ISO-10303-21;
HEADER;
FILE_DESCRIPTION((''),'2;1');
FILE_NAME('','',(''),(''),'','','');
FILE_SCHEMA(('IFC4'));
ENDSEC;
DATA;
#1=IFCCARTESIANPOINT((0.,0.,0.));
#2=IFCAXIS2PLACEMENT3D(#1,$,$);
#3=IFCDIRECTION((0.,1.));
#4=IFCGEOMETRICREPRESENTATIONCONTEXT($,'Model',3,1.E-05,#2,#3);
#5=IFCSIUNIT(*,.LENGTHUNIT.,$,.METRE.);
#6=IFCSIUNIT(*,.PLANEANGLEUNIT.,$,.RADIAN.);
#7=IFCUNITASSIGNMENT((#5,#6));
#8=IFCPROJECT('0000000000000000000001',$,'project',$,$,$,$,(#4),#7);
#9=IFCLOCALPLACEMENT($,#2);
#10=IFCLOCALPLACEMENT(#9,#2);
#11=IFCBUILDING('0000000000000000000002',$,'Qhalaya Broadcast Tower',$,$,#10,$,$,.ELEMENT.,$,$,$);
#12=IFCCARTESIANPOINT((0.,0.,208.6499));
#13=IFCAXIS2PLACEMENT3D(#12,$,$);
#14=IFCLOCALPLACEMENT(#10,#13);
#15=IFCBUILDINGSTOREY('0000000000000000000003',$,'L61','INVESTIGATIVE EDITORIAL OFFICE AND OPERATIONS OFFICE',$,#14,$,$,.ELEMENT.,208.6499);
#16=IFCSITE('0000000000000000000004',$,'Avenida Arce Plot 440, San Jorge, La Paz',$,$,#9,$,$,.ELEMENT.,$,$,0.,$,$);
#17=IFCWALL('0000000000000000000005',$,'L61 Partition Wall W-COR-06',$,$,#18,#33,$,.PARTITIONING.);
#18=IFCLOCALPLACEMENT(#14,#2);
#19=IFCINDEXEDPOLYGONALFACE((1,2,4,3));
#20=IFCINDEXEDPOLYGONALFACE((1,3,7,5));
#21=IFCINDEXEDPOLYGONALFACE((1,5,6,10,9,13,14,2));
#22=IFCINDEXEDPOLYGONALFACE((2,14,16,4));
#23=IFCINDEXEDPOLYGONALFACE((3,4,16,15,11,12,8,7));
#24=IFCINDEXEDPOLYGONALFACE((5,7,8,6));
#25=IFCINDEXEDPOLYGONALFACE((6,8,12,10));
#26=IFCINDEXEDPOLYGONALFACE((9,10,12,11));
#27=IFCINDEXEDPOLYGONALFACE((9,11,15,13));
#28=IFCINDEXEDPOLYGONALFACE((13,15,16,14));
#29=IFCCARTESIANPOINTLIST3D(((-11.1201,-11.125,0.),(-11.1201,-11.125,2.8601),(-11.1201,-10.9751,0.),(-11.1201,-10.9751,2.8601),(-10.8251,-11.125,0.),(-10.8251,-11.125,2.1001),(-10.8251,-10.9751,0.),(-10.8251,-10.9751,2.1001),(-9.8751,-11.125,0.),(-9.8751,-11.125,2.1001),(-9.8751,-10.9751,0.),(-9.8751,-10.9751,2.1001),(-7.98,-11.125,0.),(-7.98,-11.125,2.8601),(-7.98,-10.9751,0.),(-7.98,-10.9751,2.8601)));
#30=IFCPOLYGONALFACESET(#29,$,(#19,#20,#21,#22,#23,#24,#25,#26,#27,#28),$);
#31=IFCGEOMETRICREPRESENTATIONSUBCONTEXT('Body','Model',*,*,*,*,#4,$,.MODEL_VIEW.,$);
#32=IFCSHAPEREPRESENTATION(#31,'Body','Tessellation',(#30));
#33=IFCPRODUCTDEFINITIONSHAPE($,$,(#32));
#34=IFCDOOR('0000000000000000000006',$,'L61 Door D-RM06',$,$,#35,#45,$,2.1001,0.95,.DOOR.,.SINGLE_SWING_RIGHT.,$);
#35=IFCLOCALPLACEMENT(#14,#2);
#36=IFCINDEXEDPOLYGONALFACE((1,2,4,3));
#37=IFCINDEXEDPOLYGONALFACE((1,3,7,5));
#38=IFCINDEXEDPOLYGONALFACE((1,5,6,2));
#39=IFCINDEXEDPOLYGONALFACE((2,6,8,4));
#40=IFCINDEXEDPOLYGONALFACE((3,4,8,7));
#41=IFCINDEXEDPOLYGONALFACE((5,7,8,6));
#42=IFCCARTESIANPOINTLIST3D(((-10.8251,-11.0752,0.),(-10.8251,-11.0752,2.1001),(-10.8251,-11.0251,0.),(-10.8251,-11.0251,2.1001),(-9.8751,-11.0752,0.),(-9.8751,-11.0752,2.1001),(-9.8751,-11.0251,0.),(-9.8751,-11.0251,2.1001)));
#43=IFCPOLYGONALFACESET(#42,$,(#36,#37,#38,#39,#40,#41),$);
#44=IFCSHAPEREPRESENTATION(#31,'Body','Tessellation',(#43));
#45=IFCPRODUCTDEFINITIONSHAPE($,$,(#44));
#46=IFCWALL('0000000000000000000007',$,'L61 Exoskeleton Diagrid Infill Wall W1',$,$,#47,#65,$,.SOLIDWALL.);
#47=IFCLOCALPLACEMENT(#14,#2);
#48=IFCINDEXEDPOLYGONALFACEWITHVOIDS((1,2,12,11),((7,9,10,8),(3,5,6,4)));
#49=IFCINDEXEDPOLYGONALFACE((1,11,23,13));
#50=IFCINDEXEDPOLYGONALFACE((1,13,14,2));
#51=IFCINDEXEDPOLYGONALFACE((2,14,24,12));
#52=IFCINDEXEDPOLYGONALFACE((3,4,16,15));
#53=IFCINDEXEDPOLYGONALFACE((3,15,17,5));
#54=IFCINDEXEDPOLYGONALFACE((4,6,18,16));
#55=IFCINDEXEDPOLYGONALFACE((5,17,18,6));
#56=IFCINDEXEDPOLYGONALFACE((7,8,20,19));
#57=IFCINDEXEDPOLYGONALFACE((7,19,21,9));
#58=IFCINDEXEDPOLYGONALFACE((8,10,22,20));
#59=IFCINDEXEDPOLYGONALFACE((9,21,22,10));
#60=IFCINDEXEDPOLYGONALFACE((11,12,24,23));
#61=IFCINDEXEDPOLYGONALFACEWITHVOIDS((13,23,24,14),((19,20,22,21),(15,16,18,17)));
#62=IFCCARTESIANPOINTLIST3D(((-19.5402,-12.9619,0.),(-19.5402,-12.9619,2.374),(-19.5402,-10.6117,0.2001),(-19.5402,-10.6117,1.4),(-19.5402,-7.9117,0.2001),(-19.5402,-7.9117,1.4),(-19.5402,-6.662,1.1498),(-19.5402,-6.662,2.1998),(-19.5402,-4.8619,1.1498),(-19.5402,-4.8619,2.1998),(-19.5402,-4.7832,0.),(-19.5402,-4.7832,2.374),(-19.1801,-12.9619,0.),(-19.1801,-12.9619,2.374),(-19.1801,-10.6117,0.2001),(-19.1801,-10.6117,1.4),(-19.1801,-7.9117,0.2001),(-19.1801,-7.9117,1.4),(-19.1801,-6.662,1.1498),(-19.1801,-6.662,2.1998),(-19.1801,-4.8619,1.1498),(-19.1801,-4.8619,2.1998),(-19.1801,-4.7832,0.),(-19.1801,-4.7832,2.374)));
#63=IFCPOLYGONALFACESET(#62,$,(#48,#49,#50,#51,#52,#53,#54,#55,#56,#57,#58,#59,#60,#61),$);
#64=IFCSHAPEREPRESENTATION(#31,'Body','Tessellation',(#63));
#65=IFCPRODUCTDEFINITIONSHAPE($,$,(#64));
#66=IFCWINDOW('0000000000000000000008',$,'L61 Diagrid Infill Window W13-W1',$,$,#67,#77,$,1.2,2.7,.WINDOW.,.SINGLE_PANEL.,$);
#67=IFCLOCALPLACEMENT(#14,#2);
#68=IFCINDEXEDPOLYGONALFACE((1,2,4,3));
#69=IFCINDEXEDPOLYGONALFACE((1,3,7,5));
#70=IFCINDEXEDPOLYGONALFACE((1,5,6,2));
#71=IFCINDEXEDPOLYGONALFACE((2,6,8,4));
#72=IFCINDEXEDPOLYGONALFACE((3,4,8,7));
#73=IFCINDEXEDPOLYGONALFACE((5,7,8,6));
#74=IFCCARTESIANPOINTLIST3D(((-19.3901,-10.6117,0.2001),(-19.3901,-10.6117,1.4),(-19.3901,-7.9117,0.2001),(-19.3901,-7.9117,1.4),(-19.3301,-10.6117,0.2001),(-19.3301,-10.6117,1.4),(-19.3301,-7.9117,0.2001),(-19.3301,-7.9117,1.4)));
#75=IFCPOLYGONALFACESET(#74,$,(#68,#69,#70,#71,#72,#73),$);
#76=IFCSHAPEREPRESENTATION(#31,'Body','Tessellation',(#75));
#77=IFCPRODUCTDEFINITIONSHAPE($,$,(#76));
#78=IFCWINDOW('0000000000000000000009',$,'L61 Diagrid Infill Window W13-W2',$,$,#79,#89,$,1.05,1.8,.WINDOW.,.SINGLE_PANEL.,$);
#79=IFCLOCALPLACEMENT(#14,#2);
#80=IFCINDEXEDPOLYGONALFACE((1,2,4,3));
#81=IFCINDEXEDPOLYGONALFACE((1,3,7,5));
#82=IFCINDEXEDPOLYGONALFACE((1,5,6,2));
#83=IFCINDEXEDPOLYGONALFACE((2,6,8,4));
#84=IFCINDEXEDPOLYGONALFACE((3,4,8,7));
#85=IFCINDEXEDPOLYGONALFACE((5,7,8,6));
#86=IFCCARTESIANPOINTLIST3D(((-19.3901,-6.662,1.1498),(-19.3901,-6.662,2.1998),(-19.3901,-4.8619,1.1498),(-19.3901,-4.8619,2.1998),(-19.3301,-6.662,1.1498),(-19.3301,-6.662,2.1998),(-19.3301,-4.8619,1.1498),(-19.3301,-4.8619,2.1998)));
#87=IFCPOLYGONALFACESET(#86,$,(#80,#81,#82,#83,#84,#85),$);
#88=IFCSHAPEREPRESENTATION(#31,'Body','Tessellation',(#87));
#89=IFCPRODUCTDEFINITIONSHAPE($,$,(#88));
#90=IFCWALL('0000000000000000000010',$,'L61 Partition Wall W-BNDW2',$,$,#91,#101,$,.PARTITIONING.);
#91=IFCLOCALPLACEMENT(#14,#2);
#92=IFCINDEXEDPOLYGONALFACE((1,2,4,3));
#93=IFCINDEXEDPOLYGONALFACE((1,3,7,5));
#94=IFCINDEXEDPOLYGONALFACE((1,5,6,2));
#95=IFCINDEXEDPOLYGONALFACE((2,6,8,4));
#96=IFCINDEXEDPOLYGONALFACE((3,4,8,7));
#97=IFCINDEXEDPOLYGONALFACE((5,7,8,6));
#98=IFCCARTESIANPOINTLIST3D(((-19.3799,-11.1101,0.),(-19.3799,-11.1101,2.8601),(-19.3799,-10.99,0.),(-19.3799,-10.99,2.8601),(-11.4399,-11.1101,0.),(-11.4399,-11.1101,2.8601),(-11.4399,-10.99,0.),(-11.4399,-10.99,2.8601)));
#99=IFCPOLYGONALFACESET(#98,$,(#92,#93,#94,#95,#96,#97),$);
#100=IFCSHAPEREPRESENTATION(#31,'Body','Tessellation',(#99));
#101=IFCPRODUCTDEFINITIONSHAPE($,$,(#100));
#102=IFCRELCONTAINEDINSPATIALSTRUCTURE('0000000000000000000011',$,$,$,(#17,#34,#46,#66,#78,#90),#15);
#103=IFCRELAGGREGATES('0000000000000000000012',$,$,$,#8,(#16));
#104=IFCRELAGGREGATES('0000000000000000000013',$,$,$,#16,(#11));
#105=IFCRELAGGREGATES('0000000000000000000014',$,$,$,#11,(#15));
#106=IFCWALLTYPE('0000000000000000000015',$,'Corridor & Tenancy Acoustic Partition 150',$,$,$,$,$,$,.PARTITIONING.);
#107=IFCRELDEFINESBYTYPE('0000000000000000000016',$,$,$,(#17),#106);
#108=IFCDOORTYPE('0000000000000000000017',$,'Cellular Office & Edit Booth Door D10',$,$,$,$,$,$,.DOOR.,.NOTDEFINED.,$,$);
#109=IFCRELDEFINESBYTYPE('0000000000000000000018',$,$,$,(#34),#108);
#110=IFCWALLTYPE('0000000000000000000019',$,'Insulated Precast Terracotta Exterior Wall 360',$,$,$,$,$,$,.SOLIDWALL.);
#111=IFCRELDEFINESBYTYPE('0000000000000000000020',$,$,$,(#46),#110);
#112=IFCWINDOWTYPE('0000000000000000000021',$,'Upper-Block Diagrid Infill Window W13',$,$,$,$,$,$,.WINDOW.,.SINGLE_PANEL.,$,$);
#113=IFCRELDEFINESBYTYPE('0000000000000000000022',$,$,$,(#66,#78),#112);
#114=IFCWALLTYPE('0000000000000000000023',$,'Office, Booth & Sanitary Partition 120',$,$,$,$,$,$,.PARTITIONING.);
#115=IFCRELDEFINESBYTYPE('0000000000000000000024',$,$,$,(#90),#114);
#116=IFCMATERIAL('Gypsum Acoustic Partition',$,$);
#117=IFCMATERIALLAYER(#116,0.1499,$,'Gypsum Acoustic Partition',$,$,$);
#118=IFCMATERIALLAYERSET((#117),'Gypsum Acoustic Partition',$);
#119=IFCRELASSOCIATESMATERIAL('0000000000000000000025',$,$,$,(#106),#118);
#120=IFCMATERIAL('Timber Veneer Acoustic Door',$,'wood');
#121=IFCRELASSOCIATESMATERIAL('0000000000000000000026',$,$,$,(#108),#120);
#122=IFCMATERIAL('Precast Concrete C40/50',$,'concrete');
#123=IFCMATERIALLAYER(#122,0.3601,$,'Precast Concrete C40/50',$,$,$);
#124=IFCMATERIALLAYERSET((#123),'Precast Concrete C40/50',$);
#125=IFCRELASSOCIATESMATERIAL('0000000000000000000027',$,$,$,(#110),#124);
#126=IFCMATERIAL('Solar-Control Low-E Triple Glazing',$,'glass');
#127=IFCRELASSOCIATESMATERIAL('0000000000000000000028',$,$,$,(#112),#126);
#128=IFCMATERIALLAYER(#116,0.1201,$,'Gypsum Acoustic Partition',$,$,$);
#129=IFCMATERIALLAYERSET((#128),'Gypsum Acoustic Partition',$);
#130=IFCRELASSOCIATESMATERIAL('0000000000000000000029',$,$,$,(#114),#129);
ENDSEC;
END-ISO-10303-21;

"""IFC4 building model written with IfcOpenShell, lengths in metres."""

from ifc_helpers import new_model, si_unit, direction, frame, frame_2d, origin, place, context, subcontext, project, spatial, rectangle, extrude, material, layer, layer_set, type_object, element, fill, save


model = new_model("IFC4")

# Units and contexts
model_context = context("Model", 3, precision=1e-05, world=origin(), true_north=direction((0.0, 1.0)))
body_context = subcontext(model_context, "Body", "Model", "MODEL_VIEW")
ifc_project = project(units=[si_unit("LENGTHUNIT", "METRE"), si_unit("PLANEANGLEUNIT", "RADIAN")], contexts=[model_context])

# Site, building, storey
site_placement = place(None, origin())
site = spatial("IfcSite", under=ifc_project, at=site_placement, Name="Avenida Arce Plot 440, San Jorge, La Paz", CompositionType="ELEMENT", RefElevation=0.0)
building_placement = place(site_placement, origin())
building = spatial("IfcBuilding", under=site, at=building_placement, Name="Qhalaya Broadcast Tower", CompositionType="ELEMENT")
storey_placement = place(building_placement, frame((0.0, 0.0, 208.6499)))
storey = spatial("IfcBuildingStorey", under=building, at=storey_placement, Name="L61", Description="INVESTIGATIVE EDITORIAL OFFICE AND OPERATIONS OFFICE", CompositionType="ELEMENT", Elevation=208.6499)

# Wall, opening, door
ifc_material_1 = material(Name="Gypsum Acoustic Partition")
ifc_layer_1 = layer(ifc_material_1, 0.1499, Name="Gypsum Acoustic Partition")
ifc_layer_set_1 = layer_set([ifc_layer_1], Name="Gypsum Acoustic Partition")
wall_type_1 = type_object("IfcWallType", Name="Corridor & Tenancy Acoustic Partition 150", PredefinedType="PARTITIONING", material=ifc_layer_set_1)
wall_1_placement = place(storey_placement, frame((-11.1201, -11.05, 0.0), z_axis=(0.0, 0.0, 1.0), x_axis=(1.0, 0.0, 0.0)))
wall_1 = element("IfcWall", 1, at=wall_1_placement, inside=storey, type_object=wall_type_1, Name="L61 Partition Wall W-COR-06", PredefinedType="PARTITIONING", context=body_context, shape_type="SweptSolid", body=[
    extrude(rectangle(XDim=3.1401, YDim=0.1499, at=frame_2d((1.5701, 0.0))), origin(), (0.0, 0.0, 1.0), 2.8601),
])
opening_1_placement = place(wall_1_placement, frame((0.2949, 0.0, 0.0)))
opening_1 = element("IfcOpeningElement", 2, at=opening_1_placement, cuts=wall_1, PredefinedType="OPENING", context=body_context, shape_type="SweptSolid", body=[
    extrude(rectangle(XDim=0.95, YDim=2.1001, at=frame_2d((0.4751, 1.05))), frame((0.0, 0.0869, 0.0), z_axis=(0.0, -1.0, 0.0), x_axis=(1.0, 0.0, 0.0)), (0.0, 0.0, 1.0), 0.1738),
])
ifc_material_2 = material(Name="Timber Veneer Acoustic Door", Category="wood")
door_type = type_object("IfcDoorType", Name="Cellular Office & Edit Booth Door D10", OperationType="NOTDEFINED", PredefinedType="DOOR", material=ifc_material_2)
door_placement = place(opening_1_placement, origin())
door = element("IfcDoor", 3, at=door_placement, inside=storey, type_object=door_type, Name="L61 Door D-RM06", OperationType="SINGLE_SWING_RIGHT", OverallHeight=2.1001, OverallWidth=0.95, PredefinedType="DOOR", context=body_context, shape_type="SweptSolid", body=[
    extrude(rectangle(XDim=0.95, YDim=2.1001, at=frame_2d((0.4751, 1.05))), frame((0.0, 0.0249, 0.0), z_axis=(0.0, -1.0, 0.0), x_axis=(1.0, 0.0, 0.0)), (0.0, 0.0, 1.0), 0.05),
])
fill(opening_1, door)

# Wall, openings, windows
ifc_material_3 = material(Name="Precast Concrete C40/50", Category="concrete")
ifc_layer_2 = layer(ifc_material_3, 0.3601, Name="Precast Concrete C40/50")
ifc_layer_set_2 = layer_set([ifc_layer_2], Name="Precast Concrete C40/50")
wall_type_2 = type_object("IfcWallType", Name="Insulated Precast Terracotta Exterior Wall 360", PredefinedType="SOLIDWALL", material=ifc_layer_set_2)
wall_2_placement = place(storey_placement, frame((-19.3601, -12.9619, 0.0), z_axis=(0.0, 0.0, 1.0), x_axis=(0.0, 1.0, 0.0)))
wall_2 = element("IfcWall", 4, at=wall_2_placement, inside=storey, type_object=wall_type_2, Name="L61 Exoskeleton Diagrid Infill Wall W1", PredefinedType="SOLIDWALL", context=body_context, shape_type="SweptSolid", body=[
    extrude(rectangle(XDim=8.1787, YDim=0.3601, at=frame_2d((4.0894, 0.0))), origin(), (0.0, 0.0, 1.0), 2.374),
])
opening_2_placement = place(wall_2_placement, frame((2.3501, 0.0, 0.2)))
opening_2 = element("IfcOpeningElement", 5, at=opening_2_placement, cuts=wall_2, PredefinedType="OPENING", context=body_context, shape_type="SweptSolid", body=[
    extrude(rectangle(XDim=2.7, YDim=1.2, at=frame_2d((1.3501, 0.6001))), frame((0.0, 0.1921, 0.0), z_axis=(0.0, -1.0, 0.0), x_axis=(1.0, 0.0, 0.0)), (0.0, 0.0, 1.0), 0.384),
])
opening_3_placement = place(wall_2_placement, frame((6.3, 0.0, 1.1499)))
opening_3 = element("IfcOpeningElement", 6, at=opening_3_placement, cuts=wall_2, PredefinedType="OPENING", context=body_context, shape_type="SweptSolid", body=[
    extrude(rectangle(XDim=1.8, YDim=1.05, at=frame_2d((0.8999, 0.5249))), frame((0.0, 0.1921, 0.0), z_axis=(0.0, -1.0, 0.0), x_axis=(1.0, 0.0, 0.0)), (0.0, 0.0, 1.0), 0.384),
])
ifc_material_4 = material(Name="Solar-Control Low-E Triple Glazing", Category="glass")
window_type = type_object("IfcWindowType", Name="Upper-Block Diagrid Infill Window W13", PartitioningType="SINGLE_PANEL", PredefinedType="WINDOW", material=ifc_material_4)
window_1_placement = place(opening_2_placement, origin())
window_1 = element("IfcWindow", 7, at=window_1_placement, inside=storey, type_object=window_type, Name="L61 Diagrid Infill Window W13-W1", OverallHeight=1.2, OverallWidth=2.7, PartitioningType="SINGLE_PANEL", PredefinedType="WINDOW", context=body_context, shape_type="SweptSolid", body=[
    extrude(rectangle(XDim=2.7, YDim=1.2, at=frame_2d((1.3501, 0.6001))), frame((0.0, 0.03, 0.0), z_axis=(0.0, -1.0, 0.0), x_axis=(1.0, 0.0, 0.0)), (0.0, 0.0, 1.0), 0.0601),
])
fill(opening_2, window_1)
window_2_placement = place(opening_3_placement, origin())
window_2 = element("IfcWindow", 8, at=window_2_placement, inside=storey, type_object=window_type, Name="L61 Diagrid Infill Window W13-W2", OverallHeight=1.05, OverallWidth=1.8, PartitioningType="SINGLE_PANEL", PredefinedType="WINDOW", context=body_context, shape_type="SweptSolid", body=[
    extrude(rectangle(XDim=1.8, YDim=1.05, at=frame_2d((0.8999, 0.5249))), frame((0.0, 0.03, 0.0), z_axis=(0.0, -1.0, 0.0), x_axis=(1.0, 0.0, 0.0)), (0.0, 0.0, 1.0), 0.0601),
])
fill(opening_3, window_2)

# Wall
ifc_layer_3 = layer(ifc_material_1, 0.1201, Name="Gypsum Acoustic Partition")
ifc_layer_set_3 = layer_set([ifc_layer_3], Name="Gypsum Acoustic Partition")
wall_type_3 = type_object("IfcWallType", Name="Office, Booth & Sanitary Partition 120", PredefinedType="PARTITIONING", material=ifc_layer_set_3)
wall_3_placement = place(storey_placement, frame((-19.3799, -11.05, 0.0), z_axis=(0.0, 0.0, 1.0), x_axis=(1.0, 0.0, 0.0)))
element("IfcWall", 9, at=wall_3_placement, inside=storey, type_object=wall_type_3, Name="L61 Partition Wall W-BNDW2", PredefinedType="PARTITIONING", context=body_context, shape_type="SweptSolid", body=[
    extrude(rectangle(XDim=7.9399, YDim=0.1201, at=frame_2d((3.97, 0.0))), origin(), (0.0, 0.0, 1.0), 2.8601),
])

save(model, "model.ifc")
